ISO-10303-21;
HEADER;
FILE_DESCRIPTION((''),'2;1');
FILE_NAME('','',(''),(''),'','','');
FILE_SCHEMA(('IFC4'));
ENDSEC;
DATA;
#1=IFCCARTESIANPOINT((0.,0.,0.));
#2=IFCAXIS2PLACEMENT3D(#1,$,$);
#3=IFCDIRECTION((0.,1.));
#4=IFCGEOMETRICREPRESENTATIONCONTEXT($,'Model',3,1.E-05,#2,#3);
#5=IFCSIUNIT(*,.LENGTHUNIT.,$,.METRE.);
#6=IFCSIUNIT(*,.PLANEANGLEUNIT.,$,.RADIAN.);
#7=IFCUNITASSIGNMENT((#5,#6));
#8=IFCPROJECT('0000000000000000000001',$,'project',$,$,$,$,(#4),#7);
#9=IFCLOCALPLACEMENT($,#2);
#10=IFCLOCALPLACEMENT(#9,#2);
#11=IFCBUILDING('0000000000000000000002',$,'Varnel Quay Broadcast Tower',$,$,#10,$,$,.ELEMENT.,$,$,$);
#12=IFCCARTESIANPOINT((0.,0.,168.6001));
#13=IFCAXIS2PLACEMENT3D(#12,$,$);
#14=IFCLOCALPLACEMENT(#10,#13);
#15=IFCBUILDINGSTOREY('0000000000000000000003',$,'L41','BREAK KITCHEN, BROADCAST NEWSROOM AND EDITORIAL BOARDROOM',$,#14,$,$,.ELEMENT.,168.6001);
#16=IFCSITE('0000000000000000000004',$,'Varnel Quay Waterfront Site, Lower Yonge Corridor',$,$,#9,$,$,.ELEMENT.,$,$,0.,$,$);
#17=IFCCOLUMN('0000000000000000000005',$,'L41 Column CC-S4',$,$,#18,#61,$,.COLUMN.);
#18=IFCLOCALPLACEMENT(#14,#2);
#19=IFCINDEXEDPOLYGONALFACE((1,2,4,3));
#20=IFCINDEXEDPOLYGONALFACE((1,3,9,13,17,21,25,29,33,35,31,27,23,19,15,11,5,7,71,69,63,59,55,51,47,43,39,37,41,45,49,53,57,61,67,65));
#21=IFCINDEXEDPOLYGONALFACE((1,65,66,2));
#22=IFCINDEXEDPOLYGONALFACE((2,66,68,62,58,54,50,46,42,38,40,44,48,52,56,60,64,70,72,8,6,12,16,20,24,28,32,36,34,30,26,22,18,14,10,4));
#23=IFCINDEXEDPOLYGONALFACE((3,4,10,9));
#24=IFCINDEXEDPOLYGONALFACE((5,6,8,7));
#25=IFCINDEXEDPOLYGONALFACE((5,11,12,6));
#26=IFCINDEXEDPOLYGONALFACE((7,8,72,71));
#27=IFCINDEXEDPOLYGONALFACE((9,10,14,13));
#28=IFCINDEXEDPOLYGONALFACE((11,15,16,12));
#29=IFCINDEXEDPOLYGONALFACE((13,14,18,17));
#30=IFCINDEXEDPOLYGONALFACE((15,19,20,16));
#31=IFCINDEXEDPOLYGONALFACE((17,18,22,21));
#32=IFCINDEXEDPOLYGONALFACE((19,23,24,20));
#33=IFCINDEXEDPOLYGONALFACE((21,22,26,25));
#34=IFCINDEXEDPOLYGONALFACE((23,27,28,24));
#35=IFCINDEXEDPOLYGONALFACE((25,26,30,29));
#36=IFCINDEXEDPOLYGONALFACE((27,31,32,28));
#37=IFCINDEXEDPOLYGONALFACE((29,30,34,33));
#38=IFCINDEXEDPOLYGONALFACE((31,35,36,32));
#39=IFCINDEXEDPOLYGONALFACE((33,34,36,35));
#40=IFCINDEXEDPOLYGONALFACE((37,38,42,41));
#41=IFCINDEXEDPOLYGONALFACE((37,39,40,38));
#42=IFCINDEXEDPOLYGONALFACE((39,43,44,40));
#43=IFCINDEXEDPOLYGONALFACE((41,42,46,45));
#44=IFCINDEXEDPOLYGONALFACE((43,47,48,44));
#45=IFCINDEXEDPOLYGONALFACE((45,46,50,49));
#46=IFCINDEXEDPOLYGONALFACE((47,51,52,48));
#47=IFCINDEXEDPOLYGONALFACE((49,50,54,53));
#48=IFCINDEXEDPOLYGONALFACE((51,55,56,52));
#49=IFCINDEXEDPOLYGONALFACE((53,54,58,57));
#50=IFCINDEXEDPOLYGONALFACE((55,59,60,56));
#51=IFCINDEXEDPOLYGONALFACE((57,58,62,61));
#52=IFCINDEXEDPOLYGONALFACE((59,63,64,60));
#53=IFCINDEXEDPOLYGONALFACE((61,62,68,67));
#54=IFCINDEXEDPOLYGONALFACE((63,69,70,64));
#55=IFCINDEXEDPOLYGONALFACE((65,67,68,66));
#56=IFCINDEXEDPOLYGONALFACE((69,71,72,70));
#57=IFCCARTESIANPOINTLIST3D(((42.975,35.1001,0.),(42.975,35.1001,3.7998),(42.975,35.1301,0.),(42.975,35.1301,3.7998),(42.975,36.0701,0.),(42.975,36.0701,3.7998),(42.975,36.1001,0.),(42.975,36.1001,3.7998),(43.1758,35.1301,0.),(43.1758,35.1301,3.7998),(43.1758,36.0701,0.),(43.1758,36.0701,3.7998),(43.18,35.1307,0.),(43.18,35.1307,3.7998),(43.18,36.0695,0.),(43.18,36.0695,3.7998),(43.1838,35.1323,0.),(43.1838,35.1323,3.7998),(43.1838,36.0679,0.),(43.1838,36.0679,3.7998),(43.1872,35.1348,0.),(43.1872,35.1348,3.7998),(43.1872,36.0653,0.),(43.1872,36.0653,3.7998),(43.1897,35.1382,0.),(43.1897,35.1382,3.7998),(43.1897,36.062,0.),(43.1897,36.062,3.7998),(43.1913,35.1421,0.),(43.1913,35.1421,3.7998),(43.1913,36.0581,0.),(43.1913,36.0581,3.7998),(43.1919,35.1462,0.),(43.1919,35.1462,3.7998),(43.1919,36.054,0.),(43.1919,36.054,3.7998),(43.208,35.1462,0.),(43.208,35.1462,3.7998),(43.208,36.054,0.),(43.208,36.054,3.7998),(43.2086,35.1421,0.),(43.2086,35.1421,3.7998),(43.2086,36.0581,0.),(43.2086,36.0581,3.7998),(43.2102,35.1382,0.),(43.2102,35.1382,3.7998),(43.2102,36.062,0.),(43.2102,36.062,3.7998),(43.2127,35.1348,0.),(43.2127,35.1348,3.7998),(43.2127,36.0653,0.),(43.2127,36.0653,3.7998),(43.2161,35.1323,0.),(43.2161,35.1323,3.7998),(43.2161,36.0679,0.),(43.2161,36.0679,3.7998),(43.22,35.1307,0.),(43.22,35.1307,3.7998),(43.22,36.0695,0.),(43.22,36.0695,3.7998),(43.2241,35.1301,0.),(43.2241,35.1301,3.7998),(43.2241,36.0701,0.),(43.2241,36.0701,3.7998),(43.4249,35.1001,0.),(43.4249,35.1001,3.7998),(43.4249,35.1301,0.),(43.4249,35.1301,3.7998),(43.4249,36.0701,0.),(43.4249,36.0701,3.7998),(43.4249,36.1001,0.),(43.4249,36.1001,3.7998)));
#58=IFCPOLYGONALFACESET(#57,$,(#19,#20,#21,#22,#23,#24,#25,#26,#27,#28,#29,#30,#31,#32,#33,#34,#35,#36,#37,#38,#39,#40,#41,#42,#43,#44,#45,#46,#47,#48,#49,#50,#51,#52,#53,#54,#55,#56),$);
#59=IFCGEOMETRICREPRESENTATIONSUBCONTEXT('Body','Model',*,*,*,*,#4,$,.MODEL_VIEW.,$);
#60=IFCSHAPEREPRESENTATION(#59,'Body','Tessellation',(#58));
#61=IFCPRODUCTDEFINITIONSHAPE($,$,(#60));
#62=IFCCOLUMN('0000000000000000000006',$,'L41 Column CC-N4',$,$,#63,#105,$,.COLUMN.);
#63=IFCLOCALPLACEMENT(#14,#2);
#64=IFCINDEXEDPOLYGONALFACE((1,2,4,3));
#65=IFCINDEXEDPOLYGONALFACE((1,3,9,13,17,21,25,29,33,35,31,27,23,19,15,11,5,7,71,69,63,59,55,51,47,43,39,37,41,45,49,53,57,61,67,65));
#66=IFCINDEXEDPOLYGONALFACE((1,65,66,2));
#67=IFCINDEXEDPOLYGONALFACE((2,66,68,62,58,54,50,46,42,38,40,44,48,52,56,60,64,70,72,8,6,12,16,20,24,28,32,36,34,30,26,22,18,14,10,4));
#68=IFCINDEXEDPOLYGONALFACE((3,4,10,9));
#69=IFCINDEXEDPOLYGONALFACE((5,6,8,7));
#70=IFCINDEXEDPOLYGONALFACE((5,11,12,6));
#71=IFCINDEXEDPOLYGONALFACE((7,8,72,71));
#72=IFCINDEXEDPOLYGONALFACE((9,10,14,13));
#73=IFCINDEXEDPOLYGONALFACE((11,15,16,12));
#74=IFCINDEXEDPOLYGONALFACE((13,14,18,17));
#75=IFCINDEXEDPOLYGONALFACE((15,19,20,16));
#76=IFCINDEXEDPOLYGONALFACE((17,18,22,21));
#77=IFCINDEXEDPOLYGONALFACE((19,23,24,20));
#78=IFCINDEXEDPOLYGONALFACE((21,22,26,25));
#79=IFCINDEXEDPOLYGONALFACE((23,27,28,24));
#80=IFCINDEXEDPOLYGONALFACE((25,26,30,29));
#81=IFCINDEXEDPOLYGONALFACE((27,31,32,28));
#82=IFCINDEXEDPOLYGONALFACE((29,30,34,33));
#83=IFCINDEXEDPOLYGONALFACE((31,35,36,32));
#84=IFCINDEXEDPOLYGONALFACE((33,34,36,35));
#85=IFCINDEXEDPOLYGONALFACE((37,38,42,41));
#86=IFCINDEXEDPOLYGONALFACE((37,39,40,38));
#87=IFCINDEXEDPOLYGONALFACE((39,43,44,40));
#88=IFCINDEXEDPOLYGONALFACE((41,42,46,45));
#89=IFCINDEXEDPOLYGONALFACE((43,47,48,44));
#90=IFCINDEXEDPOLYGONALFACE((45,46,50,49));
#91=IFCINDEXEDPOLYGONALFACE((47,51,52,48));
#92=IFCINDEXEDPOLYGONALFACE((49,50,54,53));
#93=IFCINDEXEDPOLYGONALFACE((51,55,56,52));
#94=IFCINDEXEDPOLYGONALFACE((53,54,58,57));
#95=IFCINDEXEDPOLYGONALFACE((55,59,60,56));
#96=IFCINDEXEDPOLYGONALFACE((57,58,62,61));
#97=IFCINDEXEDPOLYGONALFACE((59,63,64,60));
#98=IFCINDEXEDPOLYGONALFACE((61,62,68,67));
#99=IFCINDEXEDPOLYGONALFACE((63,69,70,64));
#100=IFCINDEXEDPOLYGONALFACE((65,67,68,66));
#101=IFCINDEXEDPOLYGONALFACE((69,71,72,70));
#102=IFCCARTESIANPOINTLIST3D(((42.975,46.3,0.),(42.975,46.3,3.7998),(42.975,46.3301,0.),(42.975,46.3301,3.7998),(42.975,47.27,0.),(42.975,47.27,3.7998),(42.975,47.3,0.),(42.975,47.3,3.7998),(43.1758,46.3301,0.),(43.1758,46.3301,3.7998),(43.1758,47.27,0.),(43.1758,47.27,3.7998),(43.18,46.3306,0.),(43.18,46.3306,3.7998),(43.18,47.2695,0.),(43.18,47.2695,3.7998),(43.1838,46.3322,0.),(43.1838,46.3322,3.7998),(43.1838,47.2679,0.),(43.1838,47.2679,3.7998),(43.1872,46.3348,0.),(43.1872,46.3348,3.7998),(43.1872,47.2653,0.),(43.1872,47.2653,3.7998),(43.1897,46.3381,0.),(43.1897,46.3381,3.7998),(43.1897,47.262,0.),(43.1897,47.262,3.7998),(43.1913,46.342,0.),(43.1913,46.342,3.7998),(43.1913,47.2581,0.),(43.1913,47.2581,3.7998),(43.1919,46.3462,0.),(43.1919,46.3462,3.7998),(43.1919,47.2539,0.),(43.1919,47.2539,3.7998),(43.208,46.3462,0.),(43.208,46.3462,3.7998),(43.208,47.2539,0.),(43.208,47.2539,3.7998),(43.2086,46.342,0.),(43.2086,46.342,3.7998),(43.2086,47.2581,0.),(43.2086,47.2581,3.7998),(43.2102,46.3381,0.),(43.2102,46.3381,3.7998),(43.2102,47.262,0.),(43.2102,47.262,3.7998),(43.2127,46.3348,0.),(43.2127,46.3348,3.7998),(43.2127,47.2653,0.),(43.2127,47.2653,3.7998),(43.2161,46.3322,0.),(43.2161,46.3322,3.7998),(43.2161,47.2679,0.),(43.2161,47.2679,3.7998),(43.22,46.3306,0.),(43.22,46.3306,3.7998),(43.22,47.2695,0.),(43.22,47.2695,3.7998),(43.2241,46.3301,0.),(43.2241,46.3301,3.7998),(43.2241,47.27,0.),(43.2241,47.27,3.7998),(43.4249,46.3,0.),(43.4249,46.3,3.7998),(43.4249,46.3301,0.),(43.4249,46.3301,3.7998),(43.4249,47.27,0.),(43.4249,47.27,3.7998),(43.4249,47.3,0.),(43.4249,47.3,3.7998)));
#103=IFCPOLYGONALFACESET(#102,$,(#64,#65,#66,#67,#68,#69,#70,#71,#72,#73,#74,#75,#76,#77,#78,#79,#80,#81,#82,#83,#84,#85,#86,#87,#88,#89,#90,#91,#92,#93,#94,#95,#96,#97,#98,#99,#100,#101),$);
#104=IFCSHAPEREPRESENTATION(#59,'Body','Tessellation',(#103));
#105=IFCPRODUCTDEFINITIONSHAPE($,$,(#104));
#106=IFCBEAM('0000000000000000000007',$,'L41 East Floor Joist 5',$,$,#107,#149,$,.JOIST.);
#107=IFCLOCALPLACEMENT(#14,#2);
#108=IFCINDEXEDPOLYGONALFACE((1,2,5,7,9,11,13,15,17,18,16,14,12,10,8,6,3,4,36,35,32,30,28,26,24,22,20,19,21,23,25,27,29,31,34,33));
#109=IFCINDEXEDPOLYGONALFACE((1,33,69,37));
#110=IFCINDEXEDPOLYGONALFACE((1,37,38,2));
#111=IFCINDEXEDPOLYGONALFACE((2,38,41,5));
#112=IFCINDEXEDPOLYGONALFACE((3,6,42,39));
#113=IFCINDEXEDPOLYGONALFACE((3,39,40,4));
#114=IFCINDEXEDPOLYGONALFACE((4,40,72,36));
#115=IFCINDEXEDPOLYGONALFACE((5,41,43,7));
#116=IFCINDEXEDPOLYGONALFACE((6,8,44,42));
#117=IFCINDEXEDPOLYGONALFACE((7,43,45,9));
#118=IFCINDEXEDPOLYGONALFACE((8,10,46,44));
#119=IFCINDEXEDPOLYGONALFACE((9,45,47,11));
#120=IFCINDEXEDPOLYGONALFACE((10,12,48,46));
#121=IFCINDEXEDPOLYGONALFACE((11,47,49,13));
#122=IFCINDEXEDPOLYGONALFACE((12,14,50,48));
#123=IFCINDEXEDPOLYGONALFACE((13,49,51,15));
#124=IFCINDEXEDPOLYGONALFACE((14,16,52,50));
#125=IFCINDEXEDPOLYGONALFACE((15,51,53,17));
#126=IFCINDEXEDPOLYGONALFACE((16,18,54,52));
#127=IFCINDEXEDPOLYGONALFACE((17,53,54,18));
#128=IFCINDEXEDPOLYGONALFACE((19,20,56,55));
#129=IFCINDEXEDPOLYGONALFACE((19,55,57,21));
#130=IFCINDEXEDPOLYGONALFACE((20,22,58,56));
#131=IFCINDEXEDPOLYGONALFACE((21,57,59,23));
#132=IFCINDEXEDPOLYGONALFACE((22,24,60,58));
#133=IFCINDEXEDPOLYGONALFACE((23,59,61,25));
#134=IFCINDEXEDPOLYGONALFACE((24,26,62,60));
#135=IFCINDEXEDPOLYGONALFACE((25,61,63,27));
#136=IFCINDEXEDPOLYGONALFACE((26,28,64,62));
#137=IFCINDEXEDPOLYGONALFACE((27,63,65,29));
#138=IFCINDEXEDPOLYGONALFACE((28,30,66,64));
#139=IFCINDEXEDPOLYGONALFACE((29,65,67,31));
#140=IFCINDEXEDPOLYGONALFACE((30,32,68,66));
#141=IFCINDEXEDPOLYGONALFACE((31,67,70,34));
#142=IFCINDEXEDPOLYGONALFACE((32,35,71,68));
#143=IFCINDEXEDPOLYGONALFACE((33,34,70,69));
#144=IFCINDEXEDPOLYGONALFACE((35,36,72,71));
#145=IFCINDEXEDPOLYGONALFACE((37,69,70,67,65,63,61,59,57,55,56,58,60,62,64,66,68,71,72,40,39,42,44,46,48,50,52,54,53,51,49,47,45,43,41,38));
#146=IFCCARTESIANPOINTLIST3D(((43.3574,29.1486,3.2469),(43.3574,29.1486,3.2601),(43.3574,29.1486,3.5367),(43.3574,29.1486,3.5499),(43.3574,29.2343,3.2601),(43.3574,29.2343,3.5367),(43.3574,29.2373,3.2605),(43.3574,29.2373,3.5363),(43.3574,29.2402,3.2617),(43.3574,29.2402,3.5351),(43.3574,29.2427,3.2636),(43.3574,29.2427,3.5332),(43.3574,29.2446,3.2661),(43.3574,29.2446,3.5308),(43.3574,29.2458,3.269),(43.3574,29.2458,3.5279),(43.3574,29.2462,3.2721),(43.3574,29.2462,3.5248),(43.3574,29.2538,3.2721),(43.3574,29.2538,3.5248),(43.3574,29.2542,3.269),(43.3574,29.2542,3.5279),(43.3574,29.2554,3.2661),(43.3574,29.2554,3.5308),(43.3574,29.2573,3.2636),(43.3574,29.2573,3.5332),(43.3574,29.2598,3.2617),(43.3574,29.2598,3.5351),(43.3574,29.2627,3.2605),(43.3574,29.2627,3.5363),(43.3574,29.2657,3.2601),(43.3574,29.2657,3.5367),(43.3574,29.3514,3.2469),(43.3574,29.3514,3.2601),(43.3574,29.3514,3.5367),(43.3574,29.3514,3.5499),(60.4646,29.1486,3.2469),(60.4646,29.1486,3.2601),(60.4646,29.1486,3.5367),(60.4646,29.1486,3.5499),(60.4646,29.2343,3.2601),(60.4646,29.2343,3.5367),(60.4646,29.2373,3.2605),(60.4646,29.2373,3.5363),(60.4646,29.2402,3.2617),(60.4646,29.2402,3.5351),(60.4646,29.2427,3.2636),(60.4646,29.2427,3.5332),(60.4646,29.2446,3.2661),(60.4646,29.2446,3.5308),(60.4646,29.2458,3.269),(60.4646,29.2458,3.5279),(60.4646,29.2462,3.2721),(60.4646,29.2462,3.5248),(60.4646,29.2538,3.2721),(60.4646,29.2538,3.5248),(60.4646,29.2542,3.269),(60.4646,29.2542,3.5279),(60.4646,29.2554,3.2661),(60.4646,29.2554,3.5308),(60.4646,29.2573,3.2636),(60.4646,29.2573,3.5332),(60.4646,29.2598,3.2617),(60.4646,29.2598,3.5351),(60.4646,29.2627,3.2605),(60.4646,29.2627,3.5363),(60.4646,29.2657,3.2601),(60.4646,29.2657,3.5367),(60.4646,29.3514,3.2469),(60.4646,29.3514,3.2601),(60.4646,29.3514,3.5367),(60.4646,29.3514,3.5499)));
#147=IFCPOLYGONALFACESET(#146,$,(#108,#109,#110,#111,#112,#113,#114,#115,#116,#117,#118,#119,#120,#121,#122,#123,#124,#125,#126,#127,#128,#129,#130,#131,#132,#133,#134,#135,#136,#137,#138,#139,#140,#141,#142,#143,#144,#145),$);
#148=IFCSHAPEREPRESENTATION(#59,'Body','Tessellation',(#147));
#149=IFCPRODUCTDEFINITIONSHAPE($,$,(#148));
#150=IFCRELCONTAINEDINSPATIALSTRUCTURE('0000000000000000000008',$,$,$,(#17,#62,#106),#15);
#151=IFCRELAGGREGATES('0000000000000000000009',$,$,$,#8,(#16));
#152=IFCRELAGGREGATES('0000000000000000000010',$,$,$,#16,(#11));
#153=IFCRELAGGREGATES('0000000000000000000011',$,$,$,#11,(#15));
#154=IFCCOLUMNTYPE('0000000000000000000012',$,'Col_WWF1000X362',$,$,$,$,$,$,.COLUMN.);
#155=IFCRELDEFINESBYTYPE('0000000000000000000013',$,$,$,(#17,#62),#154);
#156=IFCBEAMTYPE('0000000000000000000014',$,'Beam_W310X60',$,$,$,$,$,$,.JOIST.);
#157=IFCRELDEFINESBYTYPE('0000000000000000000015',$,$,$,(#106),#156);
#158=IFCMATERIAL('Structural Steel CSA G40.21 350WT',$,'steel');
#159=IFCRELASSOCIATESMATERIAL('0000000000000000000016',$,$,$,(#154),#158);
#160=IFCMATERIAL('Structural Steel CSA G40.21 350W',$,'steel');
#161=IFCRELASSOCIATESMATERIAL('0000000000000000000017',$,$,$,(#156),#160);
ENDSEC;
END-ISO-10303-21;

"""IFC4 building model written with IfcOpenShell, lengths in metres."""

from ifc_helpers import new_model, si_unit, direction, frame, origin, origin_2d, place, context, subcontext, project, spatial, i_section, extrude, source, transform, mapped, material, material_profile, profile_set, type_object, type_shapes, element, save


model = new_model("IFC4")

# Units and contexts
model_context = context("Model", 3, precision=1e-05, world=origin(), true_north=direction((0.0, 1.0)))
body_context = subcontext(model_context, "Body", "Model", "MODEL_VIEW")
ifc_project = project(units=[si_unit("LENGTHUNIT", "METRE"), si_unit("PLANEANGLEUNIT", "RADIAN")], contexts=[model_context])

# Site, building, storey
site_placement = place(None, origin())
site = spatial("IfcSite", under=ifc_project, at=site_placement, Name="Varnel Quay Waterfront Site, Lower Yonge Corridor", CompositionType="ELEMENT", RefElevation=0.0)
building_placement = place(site_placement, origin())
building = spatial("IfcBuilding", under=site, at=building_placement, Name="Varnel Quay Broadcast Tower", CompositionType="ELEMENT")
storey_placement = place(building_placement, frame((0.0, 0.0, 168.6001)))
storey = spatial("IfcBuildingStorey", under=building, at=storey_placement, Name="L41", Description="BREAK KITCHEN, BROADCAST NEWSROOM AND EDITORIAL BOARDROOM", CompositionType="ELEMENT", Elevation=168.6001)

# Columns
ifc_material_1 = material(Name="Structural Steel CSA G40.21 350WT", Category="steel")
ifc_material_profile_1 = material_profile(ifc_material_1, i_section(OverallWidth=0.45, OverallDepth=1.0, WebThickness=0.0161, FlangeThickness=0.03, FilletRadius=0.0161, at=origin_2d()), Name="WWF1000X362")
ifc_profile_set_1 = profile_set([ifc_material_profile_1], Name="Structural Steel CSA G40.21 350WT")
column_type = type_object("IfcColumnType", Name="Col_WWF1000X362", PredefinedType="COLUMN", material=ifc_profile_set_1)
shared_shape_1 = source(origin(), body_context, "Body", "SweptSolid", [
    extrude(i_section(OverallWidth=0.45, OverallDepth=1.0, WebThickness=0.0161, FlangeThickness=0.03, FilletRadius=0.0161, at=origin_2d()), origin(), (0.0, 0.0, 1.0), 3.7998),
])
type_shapes(column_type, [shared_shape_1])
for number, where, z_axis, x_axis, name in (
    (1, (43.2, 35.6001, 0.0), (0.0, 0.0, 1.0), (1.0, 0.0, 0.0), "L41 Column CC-S4"),
    (2, (43.2, 46.8, 0.0), (0.0, 0.0, 1.0), (1.0, 0.0, 0.0), "L41 Column CC-N4"),
):
    element("IfcColumn", number, at=place(storey_placement, frame(where, z_axis=z_axis, x_axis=x_axis)), inside=storey, type_object=column_type, Name=name, PredefinedType="COLUMN", context=body_context, shape_type="MappedRepresentation", body=[
        mapped(shared_shape_1, transform((0.0, 0.0, 0.0), x_axis=(1.0, 0.0, 0.0), y_axis=(0.0, 1.0, 0.0), z_axis=(0.0, 0.0, 1.0), scale=1.0)),
    ])

# Beam
ifc_material_2 = material(Name="Structural Steel CSA G40.21 350W", Category="steel")
ifc_material_profile_2 = material_profile(ifc_material_2, i_section(OverallWidth=0.2029, OverallDepth=0.303, WebThickness=0.0076, FlangeThickness=0.0132, FilletRadius=0.012, at=origin_2d()), Name="W310X60")
ifc_profile_set_2 = profile_set([ifc_material_profile_2], Name="Structural Steel CSA G40.21 350W")
beam_type_1 = type_object("IfcBeamType", Name="Beam_W310X60", PredefinedType="JOIST", material=ifc_profile_set_2)
shared_shape_2 = source(origin(), body_context, "Body", "SweptSolid", [
    extrude(i_section(OverallWidth=0.2029, OverallDepth=0.303, WebThickness=0.0076, FlangeThickness=0.0132, FilletRadius=0.012, at=origin_2d()), origin(), (0.0, 0.0, 1.0), 17.1072),
])
type_shapes(beam_type_1, [shared_shape_2])
beam_1_placement = place(storey_placement, frame((43.3574, 29.25, 3.3984), z_axis=(1.0, 0.0, 0.0), x_axis=(0.0, 1.0, 0.0)))
element("IfcBeam", 3, at=beam_1_placement, inside=storey, type_object=beam_type_1, Name="L41 East Floor Joist 5", PredefinedType="JOIST", context=body_context, shape_type="MappedRepresentation", body=[
    mapped(shared_shape_2, transform((0.0, 0.0, 0.0), x_axis=(1.0, 0.0, 0.0), y_axis=(0.0, 1.0, 0.0), z_axis=(0.0, 0.0, 1.0), scale=1.0)),
])

save(model, "model.ifc")
